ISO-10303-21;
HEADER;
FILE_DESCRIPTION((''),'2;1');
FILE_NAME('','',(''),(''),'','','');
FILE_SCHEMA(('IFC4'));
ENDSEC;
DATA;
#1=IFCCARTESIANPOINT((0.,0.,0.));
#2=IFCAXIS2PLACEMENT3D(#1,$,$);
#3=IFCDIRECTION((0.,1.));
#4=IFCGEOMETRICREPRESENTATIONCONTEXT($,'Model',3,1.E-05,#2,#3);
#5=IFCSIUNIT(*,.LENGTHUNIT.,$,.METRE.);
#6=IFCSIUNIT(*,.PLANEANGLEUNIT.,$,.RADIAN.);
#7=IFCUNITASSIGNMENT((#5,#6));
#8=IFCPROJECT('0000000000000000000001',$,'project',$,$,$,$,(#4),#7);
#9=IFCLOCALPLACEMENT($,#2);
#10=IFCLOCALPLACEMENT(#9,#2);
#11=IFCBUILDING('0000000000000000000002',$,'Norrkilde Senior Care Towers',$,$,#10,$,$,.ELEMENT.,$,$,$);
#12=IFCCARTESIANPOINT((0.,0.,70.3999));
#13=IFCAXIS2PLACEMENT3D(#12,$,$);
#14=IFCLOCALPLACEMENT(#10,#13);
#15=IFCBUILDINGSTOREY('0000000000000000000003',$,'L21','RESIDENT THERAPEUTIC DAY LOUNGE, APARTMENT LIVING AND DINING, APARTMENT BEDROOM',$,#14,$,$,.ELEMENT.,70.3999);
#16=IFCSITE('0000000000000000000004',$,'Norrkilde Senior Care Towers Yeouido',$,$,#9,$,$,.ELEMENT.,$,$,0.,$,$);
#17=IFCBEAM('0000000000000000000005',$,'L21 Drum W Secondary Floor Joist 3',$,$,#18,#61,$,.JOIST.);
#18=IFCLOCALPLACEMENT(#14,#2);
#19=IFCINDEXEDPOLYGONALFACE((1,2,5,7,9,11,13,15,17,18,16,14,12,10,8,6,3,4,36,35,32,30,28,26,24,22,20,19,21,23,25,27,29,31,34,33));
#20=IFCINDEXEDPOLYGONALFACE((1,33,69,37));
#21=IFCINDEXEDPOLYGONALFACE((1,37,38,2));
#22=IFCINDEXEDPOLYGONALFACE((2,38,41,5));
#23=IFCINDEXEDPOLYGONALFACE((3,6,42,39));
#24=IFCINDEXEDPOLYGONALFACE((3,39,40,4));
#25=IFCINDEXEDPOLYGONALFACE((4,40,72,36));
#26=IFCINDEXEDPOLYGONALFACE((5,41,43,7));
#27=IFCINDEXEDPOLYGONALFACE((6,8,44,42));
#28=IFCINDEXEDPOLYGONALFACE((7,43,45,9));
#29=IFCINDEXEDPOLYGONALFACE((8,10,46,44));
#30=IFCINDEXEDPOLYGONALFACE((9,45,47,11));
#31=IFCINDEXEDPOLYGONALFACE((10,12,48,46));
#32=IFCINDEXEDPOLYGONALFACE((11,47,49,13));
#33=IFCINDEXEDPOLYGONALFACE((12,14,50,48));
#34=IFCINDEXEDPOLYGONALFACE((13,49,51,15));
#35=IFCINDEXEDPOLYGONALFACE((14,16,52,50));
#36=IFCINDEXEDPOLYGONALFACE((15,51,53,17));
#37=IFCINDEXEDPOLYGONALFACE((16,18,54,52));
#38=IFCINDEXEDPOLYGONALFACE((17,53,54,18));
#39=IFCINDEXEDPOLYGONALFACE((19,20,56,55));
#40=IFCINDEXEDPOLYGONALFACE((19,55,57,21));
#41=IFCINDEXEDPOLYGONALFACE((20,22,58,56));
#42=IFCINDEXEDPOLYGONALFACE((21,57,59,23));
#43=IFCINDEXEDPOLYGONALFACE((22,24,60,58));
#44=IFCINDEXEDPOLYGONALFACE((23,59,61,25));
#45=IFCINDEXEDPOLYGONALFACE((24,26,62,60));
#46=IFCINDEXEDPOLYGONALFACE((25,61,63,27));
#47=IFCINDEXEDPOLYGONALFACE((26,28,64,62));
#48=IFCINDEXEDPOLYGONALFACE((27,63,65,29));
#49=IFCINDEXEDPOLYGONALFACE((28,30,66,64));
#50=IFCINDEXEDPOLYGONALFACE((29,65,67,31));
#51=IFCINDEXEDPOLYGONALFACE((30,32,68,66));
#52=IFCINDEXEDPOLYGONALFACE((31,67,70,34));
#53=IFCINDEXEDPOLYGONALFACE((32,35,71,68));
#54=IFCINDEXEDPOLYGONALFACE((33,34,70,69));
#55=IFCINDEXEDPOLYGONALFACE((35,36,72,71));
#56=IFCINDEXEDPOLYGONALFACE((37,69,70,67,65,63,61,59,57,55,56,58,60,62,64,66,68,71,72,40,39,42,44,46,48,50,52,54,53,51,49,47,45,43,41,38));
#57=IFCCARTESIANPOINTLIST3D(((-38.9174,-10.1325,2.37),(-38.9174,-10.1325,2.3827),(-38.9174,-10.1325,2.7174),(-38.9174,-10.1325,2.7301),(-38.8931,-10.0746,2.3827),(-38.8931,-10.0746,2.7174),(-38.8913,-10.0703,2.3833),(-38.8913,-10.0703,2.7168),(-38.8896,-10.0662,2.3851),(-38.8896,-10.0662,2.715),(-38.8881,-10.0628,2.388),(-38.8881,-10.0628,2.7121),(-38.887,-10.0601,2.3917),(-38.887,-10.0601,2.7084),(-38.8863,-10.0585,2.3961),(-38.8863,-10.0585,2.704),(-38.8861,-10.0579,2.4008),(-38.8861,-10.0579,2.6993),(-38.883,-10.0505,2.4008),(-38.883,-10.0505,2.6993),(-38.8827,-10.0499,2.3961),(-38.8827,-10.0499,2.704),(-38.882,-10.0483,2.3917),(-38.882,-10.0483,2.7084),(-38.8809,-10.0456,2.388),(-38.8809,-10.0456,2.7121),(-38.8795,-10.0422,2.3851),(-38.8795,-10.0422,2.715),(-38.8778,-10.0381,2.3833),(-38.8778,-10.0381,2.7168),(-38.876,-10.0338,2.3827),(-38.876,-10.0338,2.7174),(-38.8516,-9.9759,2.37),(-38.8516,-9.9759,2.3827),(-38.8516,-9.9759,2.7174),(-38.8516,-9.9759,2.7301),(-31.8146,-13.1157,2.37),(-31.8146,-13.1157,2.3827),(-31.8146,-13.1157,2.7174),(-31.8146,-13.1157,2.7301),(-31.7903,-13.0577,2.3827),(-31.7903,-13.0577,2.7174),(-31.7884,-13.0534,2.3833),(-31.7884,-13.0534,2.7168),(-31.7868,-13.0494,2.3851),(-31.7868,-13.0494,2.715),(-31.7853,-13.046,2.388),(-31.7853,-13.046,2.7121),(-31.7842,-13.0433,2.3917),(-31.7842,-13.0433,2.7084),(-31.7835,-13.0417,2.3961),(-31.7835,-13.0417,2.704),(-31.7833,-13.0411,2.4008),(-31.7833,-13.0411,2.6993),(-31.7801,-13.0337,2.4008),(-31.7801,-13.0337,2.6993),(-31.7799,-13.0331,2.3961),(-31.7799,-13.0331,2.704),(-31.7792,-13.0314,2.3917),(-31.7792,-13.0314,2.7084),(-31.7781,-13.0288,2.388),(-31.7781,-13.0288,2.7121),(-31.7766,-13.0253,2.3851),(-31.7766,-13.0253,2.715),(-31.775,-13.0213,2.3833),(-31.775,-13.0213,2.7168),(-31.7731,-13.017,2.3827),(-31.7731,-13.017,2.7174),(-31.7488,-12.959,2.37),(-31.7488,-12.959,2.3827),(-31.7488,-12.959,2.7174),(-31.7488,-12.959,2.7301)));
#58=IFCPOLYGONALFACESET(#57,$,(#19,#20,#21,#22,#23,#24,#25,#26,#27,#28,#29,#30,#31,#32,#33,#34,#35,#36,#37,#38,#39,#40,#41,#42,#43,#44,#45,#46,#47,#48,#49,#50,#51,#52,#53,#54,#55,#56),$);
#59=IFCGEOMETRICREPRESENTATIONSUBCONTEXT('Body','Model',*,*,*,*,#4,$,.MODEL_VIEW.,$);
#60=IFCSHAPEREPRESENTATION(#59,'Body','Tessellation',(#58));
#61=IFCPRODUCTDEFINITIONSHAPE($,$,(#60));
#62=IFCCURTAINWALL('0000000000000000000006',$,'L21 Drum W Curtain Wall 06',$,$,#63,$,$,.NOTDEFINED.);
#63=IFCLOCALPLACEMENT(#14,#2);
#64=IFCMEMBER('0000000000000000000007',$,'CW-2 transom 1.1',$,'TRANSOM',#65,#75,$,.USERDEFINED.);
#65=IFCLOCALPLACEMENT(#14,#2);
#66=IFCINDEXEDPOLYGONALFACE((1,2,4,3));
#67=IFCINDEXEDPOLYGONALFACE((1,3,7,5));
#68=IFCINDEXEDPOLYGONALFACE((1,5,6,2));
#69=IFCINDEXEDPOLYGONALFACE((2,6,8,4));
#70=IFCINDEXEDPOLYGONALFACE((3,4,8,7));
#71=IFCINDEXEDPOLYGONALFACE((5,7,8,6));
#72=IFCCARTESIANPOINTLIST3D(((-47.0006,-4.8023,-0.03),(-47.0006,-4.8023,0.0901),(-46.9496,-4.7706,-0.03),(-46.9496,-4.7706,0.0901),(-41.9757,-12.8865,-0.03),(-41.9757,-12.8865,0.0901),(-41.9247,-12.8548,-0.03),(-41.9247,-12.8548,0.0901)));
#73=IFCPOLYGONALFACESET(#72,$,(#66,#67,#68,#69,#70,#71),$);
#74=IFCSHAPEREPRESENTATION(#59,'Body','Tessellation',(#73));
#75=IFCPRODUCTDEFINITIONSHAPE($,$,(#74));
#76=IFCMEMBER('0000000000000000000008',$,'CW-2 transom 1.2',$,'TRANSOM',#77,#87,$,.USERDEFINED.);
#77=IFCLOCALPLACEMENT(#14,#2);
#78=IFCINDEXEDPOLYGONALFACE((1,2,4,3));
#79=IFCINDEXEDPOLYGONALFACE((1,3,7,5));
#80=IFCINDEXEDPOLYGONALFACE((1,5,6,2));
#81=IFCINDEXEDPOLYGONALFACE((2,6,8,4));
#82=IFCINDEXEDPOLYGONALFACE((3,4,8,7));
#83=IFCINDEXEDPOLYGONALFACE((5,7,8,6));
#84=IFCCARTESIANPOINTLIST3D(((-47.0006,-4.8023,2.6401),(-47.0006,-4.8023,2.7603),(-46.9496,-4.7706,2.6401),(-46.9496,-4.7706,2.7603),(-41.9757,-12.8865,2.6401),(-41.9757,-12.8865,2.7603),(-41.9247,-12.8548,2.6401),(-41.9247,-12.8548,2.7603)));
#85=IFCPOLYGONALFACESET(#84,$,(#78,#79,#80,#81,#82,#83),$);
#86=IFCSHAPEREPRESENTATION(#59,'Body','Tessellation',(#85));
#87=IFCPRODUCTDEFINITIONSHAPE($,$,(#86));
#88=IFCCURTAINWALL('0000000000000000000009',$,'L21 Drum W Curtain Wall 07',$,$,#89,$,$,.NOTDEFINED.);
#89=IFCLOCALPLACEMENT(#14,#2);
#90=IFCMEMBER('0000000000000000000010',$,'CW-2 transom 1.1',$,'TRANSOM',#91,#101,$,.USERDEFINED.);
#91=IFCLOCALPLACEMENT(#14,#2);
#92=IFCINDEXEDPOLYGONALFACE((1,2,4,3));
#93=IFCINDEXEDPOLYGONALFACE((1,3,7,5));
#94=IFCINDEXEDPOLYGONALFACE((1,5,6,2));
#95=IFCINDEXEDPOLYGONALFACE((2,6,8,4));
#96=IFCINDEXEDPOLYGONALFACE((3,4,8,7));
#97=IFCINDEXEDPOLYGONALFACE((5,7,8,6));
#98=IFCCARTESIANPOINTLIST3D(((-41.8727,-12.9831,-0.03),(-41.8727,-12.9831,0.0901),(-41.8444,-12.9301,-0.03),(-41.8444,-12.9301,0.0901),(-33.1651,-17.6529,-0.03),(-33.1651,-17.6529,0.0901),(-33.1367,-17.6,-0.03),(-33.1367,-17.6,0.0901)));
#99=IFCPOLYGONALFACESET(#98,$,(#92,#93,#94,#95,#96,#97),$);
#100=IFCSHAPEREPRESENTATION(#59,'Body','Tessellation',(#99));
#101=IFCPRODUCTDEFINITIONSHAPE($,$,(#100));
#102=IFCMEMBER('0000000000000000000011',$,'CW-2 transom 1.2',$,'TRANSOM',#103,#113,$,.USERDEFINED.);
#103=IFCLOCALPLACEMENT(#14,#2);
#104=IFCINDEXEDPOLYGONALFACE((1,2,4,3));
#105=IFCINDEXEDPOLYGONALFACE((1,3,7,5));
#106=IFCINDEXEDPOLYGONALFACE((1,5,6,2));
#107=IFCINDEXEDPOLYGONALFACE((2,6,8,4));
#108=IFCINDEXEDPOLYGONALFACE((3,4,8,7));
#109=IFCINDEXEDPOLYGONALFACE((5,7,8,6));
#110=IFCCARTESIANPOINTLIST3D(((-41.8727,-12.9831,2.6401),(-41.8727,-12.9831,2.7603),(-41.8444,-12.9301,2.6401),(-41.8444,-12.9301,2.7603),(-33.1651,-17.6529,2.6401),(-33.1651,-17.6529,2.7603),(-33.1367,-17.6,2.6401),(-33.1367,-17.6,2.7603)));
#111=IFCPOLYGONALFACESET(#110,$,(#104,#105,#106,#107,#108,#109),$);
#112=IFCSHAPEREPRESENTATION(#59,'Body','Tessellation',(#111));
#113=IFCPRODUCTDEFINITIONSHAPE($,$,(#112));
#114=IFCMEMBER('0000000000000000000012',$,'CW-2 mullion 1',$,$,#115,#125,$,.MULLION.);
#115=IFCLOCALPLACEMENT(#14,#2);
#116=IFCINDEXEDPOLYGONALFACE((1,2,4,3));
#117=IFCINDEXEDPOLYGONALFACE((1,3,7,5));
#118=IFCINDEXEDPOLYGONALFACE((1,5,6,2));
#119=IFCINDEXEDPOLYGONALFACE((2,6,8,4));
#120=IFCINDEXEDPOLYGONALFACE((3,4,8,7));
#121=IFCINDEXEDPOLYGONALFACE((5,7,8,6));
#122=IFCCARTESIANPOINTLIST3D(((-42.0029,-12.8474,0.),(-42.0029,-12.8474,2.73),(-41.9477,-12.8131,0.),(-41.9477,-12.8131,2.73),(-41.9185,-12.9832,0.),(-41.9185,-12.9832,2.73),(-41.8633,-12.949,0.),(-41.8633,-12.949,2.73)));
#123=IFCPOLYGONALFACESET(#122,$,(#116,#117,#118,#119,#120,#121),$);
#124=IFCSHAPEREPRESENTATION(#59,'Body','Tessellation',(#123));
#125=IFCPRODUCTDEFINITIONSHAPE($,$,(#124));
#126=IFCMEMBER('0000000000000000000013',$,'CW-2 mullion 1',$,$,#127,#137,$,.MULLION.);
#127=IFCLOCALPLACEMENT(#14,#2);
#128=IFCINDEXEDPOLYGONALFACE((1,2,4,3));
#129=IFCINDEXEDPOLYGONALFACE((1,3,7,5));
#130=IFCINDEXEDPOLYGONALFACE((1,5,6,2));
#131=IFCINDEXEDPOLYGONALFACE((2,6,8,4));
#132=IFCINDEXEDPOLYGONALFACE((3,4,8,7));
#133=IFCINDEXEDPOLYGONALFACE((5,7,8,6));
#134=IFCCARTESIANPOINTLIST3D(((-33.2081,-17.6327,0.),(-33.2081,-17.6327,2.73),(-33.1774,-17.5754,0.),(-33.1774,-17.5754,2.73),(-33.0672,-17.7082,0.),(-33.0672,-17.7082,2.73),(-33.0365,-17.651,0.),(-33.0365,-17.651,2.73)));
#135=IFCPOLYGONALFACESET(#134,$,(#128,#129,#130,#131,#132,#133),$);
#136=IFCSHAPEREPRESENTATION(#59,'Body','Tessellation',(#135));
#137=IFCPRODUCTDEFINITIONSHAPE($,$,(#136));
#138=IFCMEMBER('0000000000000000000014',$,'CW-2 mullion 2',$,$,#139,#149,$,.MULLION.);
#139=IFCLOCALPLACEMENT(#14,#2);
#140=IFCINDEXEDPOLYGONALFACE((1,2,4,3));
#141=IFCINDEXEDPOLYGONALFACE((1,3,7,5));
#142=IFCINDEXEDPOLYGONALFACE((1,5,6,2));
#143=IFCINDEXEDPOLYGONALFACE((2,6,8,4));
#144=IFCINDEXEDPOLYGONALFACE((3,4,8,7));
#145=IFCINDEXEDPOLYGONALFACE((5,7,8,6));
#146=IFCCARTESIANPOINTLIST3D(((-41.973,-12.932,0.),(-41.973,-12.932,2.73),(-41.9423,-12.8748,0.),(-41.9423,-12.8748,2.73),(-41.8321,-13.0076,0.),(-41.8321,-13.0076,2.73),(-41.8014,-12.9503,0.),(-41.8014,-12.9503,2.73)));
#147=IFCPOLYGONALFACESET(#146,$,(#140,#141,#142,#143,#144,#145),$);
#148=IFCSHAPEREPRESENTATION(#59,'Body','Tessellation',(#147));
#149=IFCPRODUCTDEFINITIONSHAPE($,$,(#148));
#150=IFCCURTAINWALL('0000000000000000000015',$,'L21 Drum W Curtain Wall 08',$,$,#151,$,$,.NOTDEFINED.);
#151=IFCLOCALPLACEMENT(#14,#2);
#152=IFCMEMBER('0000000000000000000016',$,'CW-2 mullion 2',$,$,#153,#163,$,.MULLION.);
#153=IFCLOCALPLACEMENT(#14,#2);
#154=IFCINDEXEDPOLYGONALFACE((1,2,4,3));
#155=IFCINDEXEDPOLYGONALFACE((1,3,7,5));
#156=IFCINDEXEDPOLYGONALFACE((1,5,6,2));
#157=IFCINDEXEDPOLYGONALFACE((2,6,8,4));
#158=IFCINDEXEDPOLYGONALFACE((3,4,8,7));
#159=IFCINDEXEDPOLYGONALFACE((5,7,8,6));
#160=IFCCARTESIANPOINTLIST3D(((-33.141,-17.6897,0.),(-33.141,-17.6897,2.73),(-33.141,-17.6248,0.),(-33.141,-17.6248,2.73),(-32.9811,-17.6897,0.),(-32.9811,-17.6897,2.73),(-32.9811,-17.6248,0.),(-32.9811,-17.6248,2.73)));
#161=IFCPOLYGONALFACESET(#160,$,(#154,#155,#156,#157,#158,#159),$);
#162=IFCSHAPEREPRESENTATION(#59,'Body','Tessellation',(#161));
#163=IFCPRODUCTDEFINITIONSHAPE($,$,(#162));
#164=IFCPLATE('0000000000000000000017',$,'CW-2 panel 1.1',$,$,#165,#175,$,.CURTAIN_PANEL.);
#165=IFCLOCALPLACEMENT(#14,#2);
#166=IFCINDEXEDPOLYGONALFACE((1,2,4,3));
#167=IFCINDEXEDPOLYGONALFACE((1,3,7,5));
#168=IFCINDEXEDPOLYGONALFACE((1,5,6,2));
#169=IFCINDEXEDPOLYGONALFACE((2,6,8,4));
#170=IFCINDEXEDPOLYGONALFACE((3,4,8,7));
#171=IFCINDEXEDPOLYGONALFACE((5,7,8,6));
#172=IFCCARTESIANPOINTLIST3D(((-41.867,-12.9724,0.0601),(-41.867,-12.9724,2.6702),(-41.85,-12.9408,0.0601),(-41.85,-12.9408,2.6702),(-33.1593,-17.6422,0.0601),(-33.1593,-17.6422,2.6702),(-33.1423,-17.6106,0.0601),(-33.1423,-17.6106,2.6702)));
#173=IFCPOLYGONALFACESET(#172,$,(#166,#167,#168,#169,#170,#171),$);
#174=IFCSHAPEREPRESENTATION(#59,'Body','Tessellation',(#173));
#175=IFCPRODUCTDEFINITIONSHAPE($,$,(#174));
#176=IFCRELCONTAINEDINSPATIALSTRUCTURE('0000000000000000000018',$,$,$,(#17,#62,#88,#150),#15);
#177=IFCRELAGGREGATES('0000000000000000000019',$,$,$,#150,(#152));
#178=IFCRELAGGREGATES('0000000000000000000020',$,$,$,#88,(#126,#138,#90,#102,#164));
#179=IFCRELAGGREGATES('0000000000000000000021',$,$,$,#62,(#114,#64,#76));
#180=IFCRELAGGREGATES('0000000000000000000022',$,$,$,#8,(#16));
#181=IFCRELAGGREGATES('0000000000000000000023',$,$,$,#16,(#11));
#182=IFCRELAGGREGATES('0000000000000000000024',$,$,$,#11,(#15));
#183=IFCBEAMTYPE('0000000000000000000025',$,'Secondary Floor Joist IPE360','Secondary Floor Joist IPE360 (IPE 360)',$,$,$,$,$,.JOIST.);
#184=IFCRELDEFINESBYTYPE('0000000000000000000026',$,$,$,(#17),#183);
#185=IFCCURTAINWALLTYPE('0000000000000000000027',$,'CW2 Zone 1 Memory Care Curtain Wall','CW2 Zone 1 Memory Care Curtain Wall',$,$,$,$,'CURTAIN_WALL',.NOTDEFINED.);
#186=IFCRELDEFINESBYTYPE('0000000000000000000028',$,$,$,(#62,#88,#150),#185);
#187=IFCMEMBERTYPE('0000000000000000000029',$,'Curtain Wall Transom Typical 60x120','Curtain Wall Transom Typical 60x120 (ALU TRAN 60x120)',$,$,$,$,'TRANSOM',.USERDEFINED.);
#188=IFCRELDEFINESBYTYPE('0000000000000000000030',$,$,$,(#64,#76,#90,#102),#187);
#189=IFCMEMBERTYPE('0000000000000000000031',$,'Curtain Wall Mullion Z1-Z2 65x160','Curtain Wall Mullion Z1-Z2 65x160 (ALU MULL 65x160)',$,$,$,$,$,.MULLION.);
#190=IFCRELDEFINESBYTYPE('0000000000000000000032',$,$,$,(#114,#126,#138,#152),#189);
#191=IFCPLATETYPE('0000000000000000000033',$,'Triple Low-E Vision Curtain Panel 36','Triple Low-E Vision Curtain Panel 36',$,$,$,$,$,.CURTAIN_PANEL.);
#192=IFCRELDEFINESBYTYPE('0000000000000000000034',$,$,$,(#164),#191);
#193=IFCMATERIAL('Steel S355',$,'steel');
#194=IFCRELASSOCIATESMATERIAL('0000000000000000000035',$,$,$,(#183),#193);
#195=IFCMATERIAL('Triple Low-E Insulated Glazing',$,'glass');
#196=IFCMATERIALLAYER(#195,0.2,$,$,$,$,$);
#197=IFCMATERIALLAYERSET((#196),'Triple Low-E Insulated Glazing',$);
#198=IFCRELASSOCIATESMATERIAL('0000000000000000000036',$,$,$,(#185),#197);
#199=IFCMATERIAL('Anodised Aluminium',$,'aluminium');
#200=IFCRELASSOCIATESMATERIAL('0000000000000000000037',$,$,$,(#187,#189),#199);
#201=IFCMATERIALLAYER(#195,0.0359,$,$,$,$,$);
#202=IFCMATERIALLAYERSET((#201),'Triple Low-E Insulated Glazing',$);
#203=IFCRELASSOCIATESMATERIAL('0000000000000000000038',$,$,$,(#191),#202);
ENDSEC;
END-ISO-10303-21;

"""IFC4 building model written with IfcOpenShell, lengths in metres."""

from ifc_helpers import new_model, si_unit, direction, frame, origin, origin_2d, place, context, subcontext, project, spatial, rectangle, i_section, extrude, source, transform, mapped, material, layer, layer_set, material_profile, profile_set, type_object, type_shapes, element, aggregate, save


model = new_model("IFC4")

# Units and contexts
model_context = context("Model", 3, precision=1e-05, world=origin(), true_north=direction((0.0, 1.0)))
body_context = subcontext(model_context, "Body", "Model", "MODEL_VIEW")
ifc_project = project(units=[si_unit("LENGTHUNIT", "METRE"), si_unit("PLANEANGLEUNIT", "RADIAN")], contexts=[model_context])

# Site, building, storey
site_placement = place(None, origin())
site = spatial("IfcSite", under=ifc_project, at=site_placement, Name="Norrkilde Senior Care Towers Yeouido", CompositionType="ELEMENT", RefElevation=0.0)
building_placement = place(site_placement, origin())
building = spatial("IfcBuilding", under=site, at=building_placement, Name="Norrkilde Senior Care Towers", CompositionType="ELEMENT")
storey_placement = place(building_placement, frame((0.0, 0.0, 70.3999)))
storey = spatial("IfcBuildingStorey", under=building, at=storey_placement, Name="L21", Description="RESIDENT THERAPEUTIC DAY LOUNGE, APARTMENT LIVING AND DINING, APARTMENT BEDROOM", CompositionType="ELEMENT", Elevation=70.3999)

# Beam
ifc_material_1 = material(Name="Steel S355", Category="steel")
ifc_material_profile_1 = material_profile(ifc_material_1, i_section(OverallWidth=0.1699, OverallDepth=0.3601, WebThickness=0.0081, FlangeThickness=0.0127, FilletRadius=0.0181, at=origin_2d()), Name="IPE 360")
ifc_profile_set_1 = profile_set([ifc_material_profile_1], Name="Steel S355")
beam_type_1 = type_object("IfcBeamType", Name="Secondary Floor Joist IPE360", Description="Secondary Floor Joist IPE360 (IPE 360)", PredefinedType="JOIST", material=ifc_profile_set_1)
shared_shape_1 = source(origin(), body_context, "Body", "SweptSolid", [
    extrude(i_section(OverallWidth=0.1699, OverallDepth=0.3601, WebThickness=0.0081, FlangeThickness=0.0127, FilletRadius=0.0181, at=origin_2d()), origin(), (0.0, 0.0, 1.0), 7.7039),
])
type_shapes(beam_type_1, [shared_shape_1])
beam_1_placement = place(storey_placement, frame((-38.8845, -10.0542, 2.55), z_axis=(0.921983, -0.387231, 0.0), x_axis=(0.387231, 0.921983, 0.0)))
element("IfcBeam", 1, at=beam_1_placement, inside=storey, type_object=beam_type_1, Name="L21 Drum W Secondary Floor Joist 3", PredefinedType="JOIST", context=body_context, shape_type="MappedRepresentation", body=[
    mapped(shared_shape_1, transform((0.0, 0.0, 0.0), x_axis=(1.0, 0.0, 0.0), y_axis=(0.0, 1.0, 0.0), z_axis=(0.0, 0.0, 1.0), scale=1.0)),
])

# Curtain walls, members
ifc_material_2 = material(Name="Triple Low-E Insulated Glazing", Category="glass")
ifc_layer_1 = layer(ifc_material_2, 0.2)
ifc_layer_set_1 = layer_set([ifc_layer_1], Name="Triple Low-E Insulated Glazing")
curtain_wall_type = type_object("IfcCurtainWallType", Name="CW2 Zone 1 Memory Care Curtain Wall", Description="CW2 Zone 1 Memory Care Curtain Wall", ElementType="CURTAIN_WALL", PredefinedType="NOTDEFINED", material=ifc_layer_set_1)
curtain_wall_1_placement = place(storey_placement, origin())
curtain_wall_1 = element("IfcCurtainWall", 2, at=curtain_wall_1_placement, inside=storey, type_object=curtain_wall_type, Name="L21 Drum W Curtain Wall 06", PredefinedType="NOTDEFINED")
ifc_material_3 = material(Name="Anodised Aluminium", Category="aluminium")
ifc_material_profile_2 = material_profile(ifc_material_3, rectangle(XDim=0.0601, YDim=0.1201, at=origin_2d()), Name="ALU TRAN 60x120")
ifc_profile_set_2 = profile_set([ifc_material_profile_2], Name="Anodised Aluminium")
member_type_1 = type_object("IfcMemberType", Name="Curtain Wall Transom Typical 60x120", Description="Curtain Wall Transom Typical 60x120 (ALU TRAN 60x120)", ElementType="TRANSOM", PredefinedType="USERDEFINED", material=ifc_profile_set_2)
shared_shape_2 = source(origin(), body_context, "Body", "SweptSolid", [
    extrude(rectangle(XDim=0.0601, YDim=0.1201, at=origin_2d()), origin(), (0.0, 0.0, 1.0), 9.5186),
])
member_1_placement = place(storey_placement, frame((-41.9502, -12.8706, 0.03), z_axis=(-0.527902, 0.849306, 0.0), x_axis=(-0.849306, -0.527902, 0.0)))
member_1 = element("IfcMember", 3, at=member_1_placement, type_object=member_type_1, Name="CW-2 transom 1.1", ObjectType="TRANSOM", PredefinedType="USERDEFINED", context=body_context, shape_type="MappedRepresentation", body=[
    mapped(shared_shape_2, transform((0.0, 0.0, 0.0), x_axis=(1.0, 0.0, 0.0), y_axis=(0.0, 1.0, 0.0), z_axis=(0.0, 0.0, 1.0), scale=1.0)),
])
member_2_placement = place(storey_placement, frame((-41.9502, -12.8706, 2.7002), z_axis=(-0.527902, 0.849306, 0.0), x_axis=(-0.849306, -0.527902, 0.0)))
member_2 = element("IfcMember", 4, at=member_2_placement, type_object=member_type_1, Name="CW-2 transom 1.2", ObjectType="TRANSOM", PredefinedType="USERDEFINED", context=body_context, shape_type="MappedRepresentation", body=[
    mapped(shared_shape_2, transform((0.0, 0.0, 0.0), x_axis=(1.0, 0.0, 0.0), y_axis=(0.0, 1.0, 0.0), z_axis=(0.0, 0.0, 1.0), scale=1.0)),
])
curtain_wall_2_placement = place(storey_placement, origin())
curtain_wall_2 = element("IfcCurtainWall", 5, at=curtain_wall_2_placement, inside=storey, type_object=curtain_wall_type, Name="L21 Drum W Curtain Wall 07", PredefinedType="NOTDEFINED")
shared_shape_3 = source(origin(), body_context, "Body", "SweptSolid", [
    extrude(rectangle(XDim=0.0601, YDim=0.1201, at=origin_2d()), origin(), (0.0, 0.0, 1.0), 9.8809),
])
type_shapes(member_type_1, [shared_shape_2, shared_shape_3])
member_3_placement = place(storey_placement, frame((-33.1509, -17.6265, 0.03), z_axis=(-0.881267, 0.472618, 0.0), x_axis=(-0.472618, -0.881267, 0.0)))
member_3 = element("IfcMember", 6, at=member_3_placement, type_object=member_type_1, Name="CW-2 transom 1.1", ObjectType="TRANSOM", PredefinedType="USERDEFINED", context=body_context, shape_type="MappedRepresentation", body=[
    mapped(shared_shape_3, transform((0.0, 0.0, 0.0), x_axis=(1.0, 0.0, 0.0), y_axis=(0.0, 1.0, 0.0), z_axis=(0.0, 0.0, 1.0), scale=1.0)),
])
member_4_placement = place(storey_placement, frame((-33.1509, -17.6265, 2.7002), z_axis=(-0.881267, 0.472618, 0.0), x_axis=(-0.472618, -0.881267, 0.0)))
member_4 = element("IfcMember", 7, at=member_4_placement, type_object=member_type_1, Name="CW-2 transom 1.2", ObjectType="TRANSOM", PredefinedType="USERDEFINED", context=body_context, shape_type="MappedRepresentation", body=[
    mapped(shared_shape_3, transform((0.0, 0.0, 0.0), x_axis=(1.0, 0.0, 0.0), y_axis=(0.0, 1.0, 0.0), z_axis=(0.0, 0.0, 1.0), scale=1.0)),
])

# Members
ifc_material_profile_3 = material_profile(ifc_material_3, rectangle(XDim=0.0649, YDim=0.1599, at=origin_2d()), Name="ALU MULL 65x160")
ifc_profile_set_3 = profile_set([ifc_material_profile_3], Name="Anodised Aluminium")
member_type_2 = type_object("IfcMemberType", Name="Curtain Wall Mullion Z1-Z2 65x160", Description="Curtain Wall Mullion Z1-Z2 65x160 (ALU MULL 65x160)", PredefinedType="MULLION", material=ifc_profile_set_3)
shared_shape_4 = source(origin(), body_context, "Body", "SweptSolid", [
    extrude(rectangle(XDim=0.0649, YDim=0.1599, at=origin_2d()), origin(), (0.0, 0.0, 1.0), 2.73),
])
type_shapes(member_type_2, [shared_shape_4])
member_5_placement = place(storey_placement, frame((-41.9331, -12.8982, 0.0), z_axis=(0.0, 0.0, 1.0), x_axis=(-0.849306, -0.527901, 0.0)))
member_5 = element("IfcMember", 8, at=member_5_placement, type_object=member_type_2, Name="CW-2 mullion 1", PredefinedType="MULLION", context=body_context, shape_type="MappedRepresentation", body=[
    mapped(shared_shape_4, transform((0.0, 0.0, 0.0), x_axis=(1.0, 0.0, 0.0), y_axis=(0.0, 1.0, 0.0), z_axis=(0.0, 0.0, 1.0), scale=1.0)),
])
member_6_placement = place(storey_placement, frame((-33.1223, -17.6418, 0.0), z_axis=(0.0, 0.0, 1.0), x_axis=(-0.472608, -0.881273, 0.0)))
member_6 = element("IfcMember", 9, at=member_6_placement, type_object=member_type_2, Name="CW-2 mullion 1", PredefinedType="MULLION", context=body_context, shape_type="MappedRepresentation", body=[
    mapped(shared_shape_4, transform((0.0, 0.0, 0.0), x_axis=(1.0, 0.0, 0.0), y_axis=(0.0, 1.0, 0.0), z_axis=(0.0, 0.0, 1.0), scale=1.0)),
])
member_7_placement = place(storey_placement, frame((-41.8872, -12.9412, 0.0), z_axis=(0.0, 0.0, 1.0), x_axis=(-0.472608, -0.881273, 0.0)))
member_7 = element("IfcMember", 10, at=member_7_placement, type_object=member_type_2, Name="CW-2 mullion 2", PredefinedType="MULLION", context=body_context, shape_type="MappedRepresentation", body=[
    mapped(shared_shape_4, transform((0.0, 0.0, 0.0), x_axis=(1.0, 0.0, 0.0), y_axis=(0.0, 1.0, 0.0), z_axis=(0.0, 0.0, 1.0), scale=1.0)),
])

# Curtain wall, member
curtain_wall_3_placement = place(storey_placement, origin())
curtain_wall_3 = element("IfcCurtainWall", 11, at=curtain_wall_3_placement, inside=storey, type_object=curtain_wall_type, Name="L21 Drum W Curtain Wall 08", PredefinedType="NOTDEFINED")
member_8_placement = place(storey_placement, frame((-33.061, -17.6572, 0.0), z_axis=(0.0, 0.0, 1.0), x_axis=(0.0, -1.0, 0.0)))
member_8 = element("IfcMember", 12, at=member_8_placement, type_object=member_type_2, Name="CW-2 mullion 2", PredefinedType="MULLION", context=body_context, shape_type="MappedRepresentation", body=[
    mapped(shared_shape_4, transform((0.0, 0.0, 0.0), x_axis=(1.0, 0.0, 0.0), y_axis=(0.0, 1.0, 0.0), z_axis=(0.0, 0.0, 1.0), scale=1.0)),
])
aggregate(curtain_wall_3, [member_8])

# Plate
ifc_layer_2 = layer(ifc_material_2, 0.0359)
ifc_layer_set_2 = layer_set([ifc_layer_2], Name="Triple Low-E Insulated Glazing")
plate_type = type_object("IfcPlateType", Name="Triple Low-E Vision Curtain Panel 36", Description="Triple Low-E Vision Curtain Panel 36", PredefinedType="CURTAIN_PANEL", material=ifc_layer_set_2)
shared_shape_5 = source(origin(), body_context, "Body", "SweptSolid", [
    extrude(rectangle(XDim=9.8809, YDim=0.0359, at=origin_2d()), origin(), (0.0, 0.0, 1.0), 2.6101),
])
plate_1_placement = place(storey_placement, frame((-37.5046, -15.2915, 0.0601), z_axis=(0.0, 0.0, 1.0), x_axis=(-0.881273, 0.472608, 0.0)))
plate_1 = element("IfcPlate", 13, at=plate_1_placement, type_object=plate_type, Name="CW-2 panel 1.1", PredefinedType="CURTAIN_PANEL", context=body_context, shape_type="MappedRepresentation", body=[
    mapped(shared_shape_5, transform((0.0, 0.0, 0.0), x_axis=(1.0, 0.0, 0.0), y_axis=(0.0, 1.0, 0.0), z_axis=(0.0, 0.0, 1.0), scale=1.0)),
])
aggregate(curtain_wall_2, [member_6, member_7, member_3, member_4, plate_1])
aggregate(curtain_wall_1, [member_5, member_1, member_2])

save(model, "model.ifc")
